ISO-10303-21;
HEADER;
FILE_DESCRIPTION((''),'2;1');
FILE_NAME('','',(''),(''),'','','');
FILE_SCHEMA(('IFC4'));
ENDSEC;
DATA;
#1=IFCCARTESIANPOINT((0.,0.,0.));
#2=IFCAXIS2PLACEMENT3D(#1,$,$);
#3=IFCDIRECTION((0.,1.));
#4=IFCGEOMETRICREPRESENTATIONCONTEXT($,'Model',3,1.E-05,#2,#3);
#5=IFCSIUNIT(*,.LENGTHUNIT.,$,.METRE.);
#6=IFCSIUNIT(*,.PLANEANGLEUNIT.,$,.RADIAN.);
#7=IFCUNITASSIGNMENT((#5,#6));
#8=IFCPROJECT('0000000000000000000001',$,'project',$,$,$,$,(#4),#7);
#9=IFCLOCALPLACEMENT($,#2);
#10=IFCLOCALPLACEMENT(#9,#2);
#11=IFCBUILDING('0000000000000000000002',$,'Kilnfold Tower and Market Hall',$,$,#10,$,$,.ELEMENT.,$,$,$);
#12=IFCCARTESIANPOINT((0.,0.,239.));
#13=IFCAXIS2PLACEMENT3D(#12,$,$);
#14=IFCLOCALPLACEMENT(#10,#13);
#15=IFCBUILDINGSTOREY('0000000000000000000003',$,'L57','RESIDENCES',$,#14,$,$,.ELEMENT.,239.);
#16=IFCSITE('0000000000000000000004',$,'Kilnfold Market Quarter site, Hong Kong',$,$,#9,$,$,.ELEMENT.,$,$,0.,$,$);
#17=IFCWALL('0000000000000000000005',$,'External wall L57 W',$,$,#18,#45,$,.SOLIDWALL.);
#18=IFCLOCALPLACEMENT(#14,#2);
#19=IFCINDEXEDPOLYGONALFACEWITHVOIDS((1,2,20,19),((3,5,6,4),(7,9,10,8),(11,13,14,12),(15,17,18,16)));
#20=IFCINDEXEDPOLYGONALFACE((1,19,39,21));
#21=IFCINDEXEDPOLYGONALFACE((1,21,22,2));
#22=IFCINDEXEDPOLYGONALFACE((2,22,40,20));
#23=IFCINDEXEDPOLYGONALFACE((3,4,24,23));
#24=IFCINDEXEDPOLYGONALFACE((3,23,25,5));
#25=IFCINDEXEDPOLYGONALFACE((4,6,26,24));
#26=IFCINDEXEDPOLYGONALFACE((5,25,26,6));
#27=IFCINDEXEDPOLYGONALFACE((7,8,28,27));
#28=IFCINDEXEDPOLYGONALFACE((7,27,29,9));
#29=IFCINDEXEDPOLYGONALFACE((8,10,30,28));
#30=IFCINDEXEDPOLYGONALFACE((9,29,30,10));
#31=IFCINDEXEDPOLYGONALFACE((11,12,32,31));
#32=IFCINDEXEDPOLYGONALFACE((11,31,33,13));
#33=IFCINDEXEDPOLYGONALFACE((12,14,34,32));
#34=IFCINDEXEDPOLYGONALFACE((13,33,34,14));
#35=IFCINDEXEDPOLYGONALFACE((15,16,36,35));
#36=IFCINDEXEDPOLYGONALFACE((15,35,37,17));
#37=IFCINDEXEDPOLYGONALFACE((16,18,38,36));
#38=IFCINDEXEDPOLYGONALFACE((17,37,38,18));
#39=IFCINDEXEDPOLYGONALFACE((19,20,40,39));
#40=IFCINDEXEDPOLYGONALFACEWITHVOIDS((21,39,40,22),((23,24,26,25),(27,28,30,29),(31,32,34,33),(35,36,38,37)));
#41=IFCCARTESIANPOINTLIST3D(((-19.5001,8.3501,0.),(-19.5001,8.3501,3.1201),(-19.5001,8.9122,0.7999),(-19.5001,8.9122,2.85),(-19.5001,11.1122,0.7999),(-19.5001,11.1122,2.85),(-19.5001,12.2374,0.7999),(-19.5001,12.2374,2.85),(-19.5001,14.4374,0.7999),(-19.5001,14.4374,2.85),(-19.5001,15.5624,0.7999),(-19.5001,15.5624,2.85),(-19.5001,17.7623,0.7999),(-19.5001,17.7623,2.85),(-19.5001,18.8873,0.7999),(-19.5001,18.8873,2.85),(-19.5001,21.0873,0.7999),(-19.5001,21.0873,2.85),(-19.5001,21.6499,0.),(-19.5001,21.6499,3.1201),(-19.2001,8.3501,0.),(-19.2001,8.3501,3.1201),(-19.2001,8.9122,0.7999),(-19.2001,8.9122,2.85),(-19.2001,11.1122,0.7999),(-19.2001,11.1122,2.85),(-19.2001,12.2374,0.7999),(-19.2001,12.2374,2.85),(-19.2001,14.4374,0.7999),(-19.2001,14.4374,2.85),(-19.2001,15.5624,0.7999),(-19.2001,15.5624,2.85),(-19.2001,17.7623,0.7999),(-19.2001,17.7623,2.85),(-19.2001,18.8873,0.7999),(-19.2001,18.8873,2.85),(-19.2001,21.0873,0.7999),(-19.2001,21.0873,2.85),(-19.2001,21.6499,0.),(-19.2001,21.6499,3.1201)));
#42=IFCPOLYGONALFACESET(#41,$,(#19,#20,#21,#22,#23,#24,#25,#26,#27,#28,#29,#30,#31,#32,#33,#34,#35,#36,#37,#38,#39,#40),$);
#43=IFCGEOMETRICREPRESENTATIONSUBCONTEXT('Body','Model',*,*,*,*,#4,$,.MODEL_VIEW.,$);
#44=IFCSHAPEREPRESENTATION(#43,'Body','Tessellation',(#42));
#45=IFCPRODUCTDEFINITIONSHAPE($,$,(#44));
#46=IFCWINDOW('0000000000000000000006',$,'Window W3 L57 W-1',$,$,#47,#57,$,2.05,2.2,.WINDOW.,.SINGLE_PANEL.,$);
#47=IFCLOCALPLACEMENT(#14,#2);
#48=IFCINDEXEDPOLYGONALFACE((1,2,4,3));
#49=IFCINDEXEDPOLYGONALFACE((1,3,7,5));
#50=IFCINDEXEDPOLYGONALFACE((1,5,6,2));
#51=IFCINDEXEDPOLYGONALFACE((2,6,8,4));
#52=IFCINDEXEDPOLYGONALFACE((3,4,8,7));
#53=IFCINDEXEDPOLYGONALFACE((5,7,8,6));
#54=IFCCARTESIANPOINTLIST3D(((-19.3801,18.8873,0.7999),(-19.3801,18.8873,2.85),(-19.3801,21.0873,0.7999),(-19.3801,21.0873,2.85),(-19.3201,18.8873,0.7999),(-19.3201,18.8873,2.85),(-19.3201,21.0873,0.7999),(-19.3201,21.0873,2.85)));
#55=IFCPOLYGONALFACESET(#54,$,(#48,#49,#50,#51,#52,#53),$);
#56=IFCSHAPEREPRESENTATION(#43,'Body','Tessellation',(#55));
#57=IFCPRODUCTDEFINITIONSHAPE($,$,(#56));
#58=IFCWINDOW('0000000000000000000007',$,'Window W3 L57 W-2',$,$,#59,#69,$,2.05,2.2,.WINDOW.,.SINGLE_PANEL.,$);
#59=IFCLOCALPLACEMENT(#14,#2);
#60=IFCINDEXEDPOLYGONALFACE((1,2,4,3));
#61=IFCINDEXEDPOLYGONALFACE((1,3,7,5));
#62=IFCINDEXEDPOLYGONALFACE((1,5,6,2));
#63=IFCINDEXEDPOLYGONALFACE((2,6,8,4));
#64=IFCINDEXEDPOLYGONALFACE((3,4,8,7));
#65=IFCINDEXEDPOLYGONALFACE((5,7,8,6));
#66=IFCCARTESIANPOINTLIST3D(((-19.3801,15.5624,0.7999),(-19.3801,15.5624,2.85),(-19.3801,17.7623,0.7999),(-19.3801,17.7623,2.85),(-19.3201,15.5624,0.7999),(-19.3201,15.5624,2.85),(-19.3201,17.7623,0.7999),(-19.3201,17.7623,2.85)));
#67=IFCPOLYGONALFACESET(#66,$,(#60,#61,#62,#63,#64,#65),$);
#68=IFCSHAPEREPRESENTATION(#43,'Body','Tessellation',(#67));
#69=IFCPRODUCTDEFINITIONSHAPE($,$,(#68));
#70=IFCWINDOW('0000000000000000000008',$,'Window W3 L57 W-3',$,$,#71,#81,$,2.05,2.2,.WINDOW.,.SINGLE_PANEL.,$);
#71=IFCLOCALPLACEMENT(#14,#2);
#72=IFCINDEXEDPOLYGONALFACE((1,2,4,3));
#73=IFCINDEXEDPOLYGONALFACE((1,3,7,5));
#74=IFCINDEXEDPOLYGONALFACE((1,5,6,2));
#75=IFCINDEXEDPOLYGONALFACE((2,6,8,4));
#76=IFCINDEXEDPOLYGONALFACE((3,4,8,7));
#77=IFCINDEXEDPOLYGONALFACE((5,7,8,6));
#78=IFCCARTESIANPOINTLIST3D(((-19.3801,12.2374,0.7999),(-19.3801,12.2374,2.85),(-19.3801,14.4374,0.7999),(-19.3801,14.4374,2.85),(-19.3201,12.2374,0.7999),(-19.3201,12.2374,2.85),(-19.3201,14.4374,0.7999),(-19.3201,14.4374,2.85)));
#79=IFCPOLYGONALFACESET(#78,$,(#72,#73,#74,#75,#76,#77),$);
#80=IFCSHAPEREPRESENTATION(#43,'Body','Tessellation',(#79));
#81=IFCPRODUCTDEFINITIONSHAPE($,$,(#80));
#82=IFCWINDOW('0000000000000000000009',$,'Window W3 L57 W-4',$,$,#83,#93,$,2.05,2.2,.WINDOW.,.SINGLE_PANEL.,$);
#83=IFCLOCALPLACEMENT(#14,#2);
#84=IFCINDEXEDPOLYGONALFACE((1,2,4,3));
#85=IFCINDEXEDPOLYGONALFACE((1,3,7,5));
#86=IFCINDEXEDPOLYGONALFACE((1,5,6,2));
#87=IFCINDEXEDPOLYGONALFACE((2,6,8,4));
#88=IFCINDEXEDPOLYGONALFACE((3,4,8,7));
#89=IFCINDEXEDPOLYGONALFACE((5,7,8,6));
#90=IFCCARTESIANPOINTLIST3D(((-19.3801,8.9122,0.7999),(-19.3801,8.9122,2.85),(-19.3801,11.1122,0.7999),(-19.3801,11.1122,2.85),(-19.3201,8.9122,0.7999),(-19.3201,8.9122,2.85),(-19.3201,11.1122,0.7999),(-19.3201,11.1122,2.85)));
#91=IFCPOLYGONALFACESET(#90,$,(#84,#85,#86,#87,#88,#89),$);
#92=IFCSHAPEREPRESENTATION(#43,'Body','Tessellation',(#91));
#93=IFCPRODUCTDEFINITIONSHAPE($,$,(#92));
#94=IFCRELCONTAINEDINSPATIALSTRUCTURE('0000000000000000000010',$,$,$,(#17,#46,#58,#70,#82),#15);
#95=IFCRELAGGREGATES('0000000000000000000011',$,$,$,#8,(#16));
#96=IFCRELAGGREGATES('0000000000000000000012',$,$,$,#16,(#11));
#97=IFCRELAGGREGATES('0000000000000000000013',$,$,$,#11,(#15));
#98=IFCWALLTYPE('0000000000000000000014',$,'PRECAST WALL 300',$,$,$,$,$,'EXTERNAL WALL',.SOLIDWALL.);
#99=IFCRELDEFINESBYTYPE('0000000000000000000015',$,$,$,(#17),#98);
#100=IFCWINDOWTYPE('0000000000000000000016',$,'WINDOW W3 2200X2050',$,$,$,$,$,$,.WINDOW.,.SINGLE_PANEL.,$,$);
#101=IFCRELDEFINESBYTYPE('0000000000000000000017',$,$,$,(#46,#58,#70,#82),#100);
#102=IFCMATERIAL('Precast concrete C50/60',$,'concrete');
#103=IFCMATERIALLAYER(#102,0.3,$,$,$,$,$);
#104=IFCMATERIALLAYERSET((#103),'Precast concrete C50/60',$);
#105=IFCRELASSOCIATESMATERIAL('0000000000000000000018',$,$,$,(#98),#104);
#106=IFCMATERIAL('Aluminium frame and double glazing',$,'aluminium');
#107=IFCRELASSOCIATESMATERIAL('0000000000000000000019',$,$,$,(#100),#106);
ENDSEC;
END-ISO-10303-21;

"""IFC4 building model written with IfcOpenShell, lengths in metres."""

from ifc_helpers import new_model, si_unit, direction, frame, frame_2d, origin, place, context, subcontext, project, spatial, rectangle, extrude, source, transform, mapped, material, layer, layer_set, type_object, element, fill, save


model = new_model("IFC4")

# Units and contexts
model_context = context("Model", 3, precision=1e-05, world=origin(), true_north=direction((0.0, 1.0)))
body_context = subcontext(model_context, "Body", "Model", "MODEL_VIEW")
ifc_project = project(units=[si_unit("LENGTHUNIT", "METRE"), si_unit("PLANEANGLEUNIT", "RADIAN")], contexts=[model_context])

# Site, building, storey
site_placement = place(None, origin())
site = spatial("IfcSite", under=ifc_project, at=site_placement, Name="Kilnfold Market Quarter site, Hong Kong", CompositionType="ELEMENT", RefElevation=0.0)
building_placement = place(site_placement, origin())
building = spatial("IfcBuilding", under=site, at=building_placement, Name="Kilnfold Tower and Market Hall", CompositionType="ELEMENT")
storey_placement = place(building_placement, frame((0.0, 0.0, 239.0)))
storey = spatial("IfcBuildingStorey", under=building, at=storey_placement, Name="L57", Description="RESIDENCES", CompositionType="ELEMENT", Elevation=239.0)

# Wall, openings, windows
ifc_material_1 = material(Name="Precast concrete C50/60", Category="concrete")
ifc_layer_1 = layer(ifc_material_1, 0.3)
ifc_layer_set_1 = layer_set([ifc_layer_1], Name="Precast concrete C50/60")
wall_type_1 = type_object("IfcWallType", Name="PRECAST WALL 300", ElementType="EXTERNAL WALL", PredefinedType="SOLIDWALL", material=ifc_layer_set_1)
shared_shape_1 = source(origin(), body_context, "Body", "SweptSolid", [
    extrude(rectangle(XDim=13.2998, YDim=0.3, at=frame_2d((6.6499, 0.0))), origin(), (0.0, 0.0, 1.0), 3.1201),
])
wall_1_placement = place(storey_placement, frame((-19.3501, 21.6499, 0.0), z_axis=(0.0, 0.0, 1.0), x_axis=(0.0, -1.0, 0.0)))
wall_1 = element("IfcWall", 1, at=wall_1_placement, inside=storey, type_object=wall_type_1, Name="External wall L57 W", PredefinedType="SOLIDWALL", context=body_context, shape_type="MappedRepresentation", body=[
    mapped(shared_shape_1, transform((0.0, 0.0, 0.0))),
])
opening_1_placement = place(wall_1_placement, frame((0.5625, 0.0, 0.8)))
opening_1 = element("IfcOpeningElement", 2, at=opening_1_placement, cuts=wall_1, PredefinedType="OPENING", context=body_context, shape_type="SweptSolid", body=[
    extrude(rectangle(XDim=2.2, YDim=2.05, at=frame_2d((1.1001, 1.0249))), frame((0.0, 0.1602, 0.0), z_axis=(0.0, -1.0, 0.0), x_axis=(1.0, 0.0, 0.0)), (0.0, 0.0, 1.0), 0.3201),
])
opening_2_placement = place(wall_1_placement, frame((3.8875, 0.0, 0.8)))
opening_2 = element("IfcOpeningElement", 3, at=opening_2_placement, cuts=wall_1, PredefinedType="OPENING", context=body_context, shape_type="SweptSolid", body=[
    extrude(rectangle(XDim=2.2, YDim=2.05, at=frame_2d((1.1001, 1.0249))), frame((0.0, 0.1602, 0.0), z_axis=(0.0, -1.0, 0.0), x_axis=(1.0, 0.0, 0.0)), (0.0, 0.0, 1.0), 0.3201),
])
opening_3_placement = place(wall_1_placement, frame((7.2124, 0.0, 0.8)))
opening_3 = element("IfcOpeningElement", 4, at=opening_3_placement, cuts=wall_1, PredefinedType="OPENING", context=body_context, shape_type="SweptSolid", body=[
    extrude(rectangle(XDim=2.2, YDim=2.05, at=frame_2d((1.1001, 1.0249))), frame((0.0, 0.1602, 0.0), z_axis=(0.0, -1.0, 0.0), x_axis=(1.0, 0.0, 0.0)), (0.0, 0.0, 1.0), 0.3201),
])
opening_4_placement = place(wall_1_placement, frame((10.5376, 0.0, 0.8)))
opening_4 = element("IfcOpeningElement", 5, at=opening_4_placement, cuts=wall_1, PredefinedType="OPENING", context=body_context, shape_type="SweptSolid", body=[
    extrude(rectangle(XDim=2.2, YDim=2.05, at=frame_2d((1.1001, 1.0249))), frame((0.0, 0.1602, 0.0), z_axis=(0.0, -1.0, 0.0), x_axis=(1.0, 0.0, 0.0)), (0.0, 0.0, 1.0), 0.3201),
])
ifc_material_2 = material(Name="Aluminium frame and double glazing", Category="aluminium")
window_type = type_object("IfcWindowType", Name="WINDOW W3 2200X2050", PartitioningType="SINGLE_PANEL", PredefinedType="WINDOW", material=ifc_material_2)
window_1_placement = place(opening_1_placement, origin())
window_1 = element("IfcWindow", 6, at=window_1_placement, inside=storey, type_object=window_type, Name="Window W3 L57 W-1", OverallHeight=2.05, OverallWidth=2.2, PartitioningType="SINGLE_PANEL", PredefinedType="WINDOW", context=body_context, shape_type="SweptSolid", body=[
    extrude(rectangle(XDim=2.2, YDim=2.05, at=frame_2d((1.1001, 1.0249))), frame((0.0, 0.03, 0.0), z_axis=(0.0, -1.0, 0.0), x_axis=(1.0, 0.0, 0.0)), (0.0, 0.0, 1.0), 0.0601),
])
fill(opening_1, window_1)
window_2_placement = place(opening_2_placement, origin())
window_2 = element("IfcWindow", 7, at=window_2_placement, inside=storey, type_object=window_type, Name="Window W3 L57 W-2", OverallHeight=2.05, OverallWidth=2.2, PartitioningType="SINGLE_PANEL", PredefinedType="WINDOW", context=body_context, shape_type="SweptSolid", body=[
    extrude(rectangle(XDim=2.2, YDim=2.05, at=frame_2d((1.1001, 1.0249))), frame((0.0, 0.03, 0.0), z_axis=(0.0, -1.0, 0.0), x_axis=(1.0, 0.0, 0.0)), (0.0, 0.0, 1.0), 0.0601),
])
fill(opening_2, window_2)
window_3_placement = place(opening_3_placement, origin())
window_3 = element("IfcWindow", 8, at=window_3_placement, inside=storey, type_object=window_type, Name="Window W3 L57 W-3", OverallHeight=2.05, OverallWidth=2.2, PartitioningType="SINGLE_PANEL", PredefinedType="WINDOW", context=body_context, shape_type="SweptSolid", body=[
    extrude(rectangle(XDim=2.2, YDim=2.05, at=frame_2d((1.1001, 1.0249))), frame((0.0, 0.03, 0.0), z_axis=(0.0, -1.0, 0.0), x_axis=(1.0, 0.0, 0.0)), (0.0, 0.0, 1.0), 0.0601),
])
fill(opening_3, window_3)
window_4_placement = place(opening_4_placement, origin())
window_4 = element("IfcWindow", 9, at=window_4_placement, inside=storey, type_object=window_type, Name="Window W3 L57 W-4", OverallHeight=2.05, OverallWidth=2.2, PartitioningType="SINGLE_PANEL", PredefinedType="WINDOW", context=body_context, shape_type="SweptSolid", body=[
    extrude(rectangle(XDim=2.2, YDim=2.05, at=frame_2d((1.1001, 1.0249))), frame((0.0, 0.03, 0.0), z_axis=(0.0, -1.0, 0.0), x_axis=(1.0, 0.0, 0.0)), (0.0, 0.0, 1.0), 0.0601),
])
fill(opening_4, window_4)

save(model, "model.ifc")
